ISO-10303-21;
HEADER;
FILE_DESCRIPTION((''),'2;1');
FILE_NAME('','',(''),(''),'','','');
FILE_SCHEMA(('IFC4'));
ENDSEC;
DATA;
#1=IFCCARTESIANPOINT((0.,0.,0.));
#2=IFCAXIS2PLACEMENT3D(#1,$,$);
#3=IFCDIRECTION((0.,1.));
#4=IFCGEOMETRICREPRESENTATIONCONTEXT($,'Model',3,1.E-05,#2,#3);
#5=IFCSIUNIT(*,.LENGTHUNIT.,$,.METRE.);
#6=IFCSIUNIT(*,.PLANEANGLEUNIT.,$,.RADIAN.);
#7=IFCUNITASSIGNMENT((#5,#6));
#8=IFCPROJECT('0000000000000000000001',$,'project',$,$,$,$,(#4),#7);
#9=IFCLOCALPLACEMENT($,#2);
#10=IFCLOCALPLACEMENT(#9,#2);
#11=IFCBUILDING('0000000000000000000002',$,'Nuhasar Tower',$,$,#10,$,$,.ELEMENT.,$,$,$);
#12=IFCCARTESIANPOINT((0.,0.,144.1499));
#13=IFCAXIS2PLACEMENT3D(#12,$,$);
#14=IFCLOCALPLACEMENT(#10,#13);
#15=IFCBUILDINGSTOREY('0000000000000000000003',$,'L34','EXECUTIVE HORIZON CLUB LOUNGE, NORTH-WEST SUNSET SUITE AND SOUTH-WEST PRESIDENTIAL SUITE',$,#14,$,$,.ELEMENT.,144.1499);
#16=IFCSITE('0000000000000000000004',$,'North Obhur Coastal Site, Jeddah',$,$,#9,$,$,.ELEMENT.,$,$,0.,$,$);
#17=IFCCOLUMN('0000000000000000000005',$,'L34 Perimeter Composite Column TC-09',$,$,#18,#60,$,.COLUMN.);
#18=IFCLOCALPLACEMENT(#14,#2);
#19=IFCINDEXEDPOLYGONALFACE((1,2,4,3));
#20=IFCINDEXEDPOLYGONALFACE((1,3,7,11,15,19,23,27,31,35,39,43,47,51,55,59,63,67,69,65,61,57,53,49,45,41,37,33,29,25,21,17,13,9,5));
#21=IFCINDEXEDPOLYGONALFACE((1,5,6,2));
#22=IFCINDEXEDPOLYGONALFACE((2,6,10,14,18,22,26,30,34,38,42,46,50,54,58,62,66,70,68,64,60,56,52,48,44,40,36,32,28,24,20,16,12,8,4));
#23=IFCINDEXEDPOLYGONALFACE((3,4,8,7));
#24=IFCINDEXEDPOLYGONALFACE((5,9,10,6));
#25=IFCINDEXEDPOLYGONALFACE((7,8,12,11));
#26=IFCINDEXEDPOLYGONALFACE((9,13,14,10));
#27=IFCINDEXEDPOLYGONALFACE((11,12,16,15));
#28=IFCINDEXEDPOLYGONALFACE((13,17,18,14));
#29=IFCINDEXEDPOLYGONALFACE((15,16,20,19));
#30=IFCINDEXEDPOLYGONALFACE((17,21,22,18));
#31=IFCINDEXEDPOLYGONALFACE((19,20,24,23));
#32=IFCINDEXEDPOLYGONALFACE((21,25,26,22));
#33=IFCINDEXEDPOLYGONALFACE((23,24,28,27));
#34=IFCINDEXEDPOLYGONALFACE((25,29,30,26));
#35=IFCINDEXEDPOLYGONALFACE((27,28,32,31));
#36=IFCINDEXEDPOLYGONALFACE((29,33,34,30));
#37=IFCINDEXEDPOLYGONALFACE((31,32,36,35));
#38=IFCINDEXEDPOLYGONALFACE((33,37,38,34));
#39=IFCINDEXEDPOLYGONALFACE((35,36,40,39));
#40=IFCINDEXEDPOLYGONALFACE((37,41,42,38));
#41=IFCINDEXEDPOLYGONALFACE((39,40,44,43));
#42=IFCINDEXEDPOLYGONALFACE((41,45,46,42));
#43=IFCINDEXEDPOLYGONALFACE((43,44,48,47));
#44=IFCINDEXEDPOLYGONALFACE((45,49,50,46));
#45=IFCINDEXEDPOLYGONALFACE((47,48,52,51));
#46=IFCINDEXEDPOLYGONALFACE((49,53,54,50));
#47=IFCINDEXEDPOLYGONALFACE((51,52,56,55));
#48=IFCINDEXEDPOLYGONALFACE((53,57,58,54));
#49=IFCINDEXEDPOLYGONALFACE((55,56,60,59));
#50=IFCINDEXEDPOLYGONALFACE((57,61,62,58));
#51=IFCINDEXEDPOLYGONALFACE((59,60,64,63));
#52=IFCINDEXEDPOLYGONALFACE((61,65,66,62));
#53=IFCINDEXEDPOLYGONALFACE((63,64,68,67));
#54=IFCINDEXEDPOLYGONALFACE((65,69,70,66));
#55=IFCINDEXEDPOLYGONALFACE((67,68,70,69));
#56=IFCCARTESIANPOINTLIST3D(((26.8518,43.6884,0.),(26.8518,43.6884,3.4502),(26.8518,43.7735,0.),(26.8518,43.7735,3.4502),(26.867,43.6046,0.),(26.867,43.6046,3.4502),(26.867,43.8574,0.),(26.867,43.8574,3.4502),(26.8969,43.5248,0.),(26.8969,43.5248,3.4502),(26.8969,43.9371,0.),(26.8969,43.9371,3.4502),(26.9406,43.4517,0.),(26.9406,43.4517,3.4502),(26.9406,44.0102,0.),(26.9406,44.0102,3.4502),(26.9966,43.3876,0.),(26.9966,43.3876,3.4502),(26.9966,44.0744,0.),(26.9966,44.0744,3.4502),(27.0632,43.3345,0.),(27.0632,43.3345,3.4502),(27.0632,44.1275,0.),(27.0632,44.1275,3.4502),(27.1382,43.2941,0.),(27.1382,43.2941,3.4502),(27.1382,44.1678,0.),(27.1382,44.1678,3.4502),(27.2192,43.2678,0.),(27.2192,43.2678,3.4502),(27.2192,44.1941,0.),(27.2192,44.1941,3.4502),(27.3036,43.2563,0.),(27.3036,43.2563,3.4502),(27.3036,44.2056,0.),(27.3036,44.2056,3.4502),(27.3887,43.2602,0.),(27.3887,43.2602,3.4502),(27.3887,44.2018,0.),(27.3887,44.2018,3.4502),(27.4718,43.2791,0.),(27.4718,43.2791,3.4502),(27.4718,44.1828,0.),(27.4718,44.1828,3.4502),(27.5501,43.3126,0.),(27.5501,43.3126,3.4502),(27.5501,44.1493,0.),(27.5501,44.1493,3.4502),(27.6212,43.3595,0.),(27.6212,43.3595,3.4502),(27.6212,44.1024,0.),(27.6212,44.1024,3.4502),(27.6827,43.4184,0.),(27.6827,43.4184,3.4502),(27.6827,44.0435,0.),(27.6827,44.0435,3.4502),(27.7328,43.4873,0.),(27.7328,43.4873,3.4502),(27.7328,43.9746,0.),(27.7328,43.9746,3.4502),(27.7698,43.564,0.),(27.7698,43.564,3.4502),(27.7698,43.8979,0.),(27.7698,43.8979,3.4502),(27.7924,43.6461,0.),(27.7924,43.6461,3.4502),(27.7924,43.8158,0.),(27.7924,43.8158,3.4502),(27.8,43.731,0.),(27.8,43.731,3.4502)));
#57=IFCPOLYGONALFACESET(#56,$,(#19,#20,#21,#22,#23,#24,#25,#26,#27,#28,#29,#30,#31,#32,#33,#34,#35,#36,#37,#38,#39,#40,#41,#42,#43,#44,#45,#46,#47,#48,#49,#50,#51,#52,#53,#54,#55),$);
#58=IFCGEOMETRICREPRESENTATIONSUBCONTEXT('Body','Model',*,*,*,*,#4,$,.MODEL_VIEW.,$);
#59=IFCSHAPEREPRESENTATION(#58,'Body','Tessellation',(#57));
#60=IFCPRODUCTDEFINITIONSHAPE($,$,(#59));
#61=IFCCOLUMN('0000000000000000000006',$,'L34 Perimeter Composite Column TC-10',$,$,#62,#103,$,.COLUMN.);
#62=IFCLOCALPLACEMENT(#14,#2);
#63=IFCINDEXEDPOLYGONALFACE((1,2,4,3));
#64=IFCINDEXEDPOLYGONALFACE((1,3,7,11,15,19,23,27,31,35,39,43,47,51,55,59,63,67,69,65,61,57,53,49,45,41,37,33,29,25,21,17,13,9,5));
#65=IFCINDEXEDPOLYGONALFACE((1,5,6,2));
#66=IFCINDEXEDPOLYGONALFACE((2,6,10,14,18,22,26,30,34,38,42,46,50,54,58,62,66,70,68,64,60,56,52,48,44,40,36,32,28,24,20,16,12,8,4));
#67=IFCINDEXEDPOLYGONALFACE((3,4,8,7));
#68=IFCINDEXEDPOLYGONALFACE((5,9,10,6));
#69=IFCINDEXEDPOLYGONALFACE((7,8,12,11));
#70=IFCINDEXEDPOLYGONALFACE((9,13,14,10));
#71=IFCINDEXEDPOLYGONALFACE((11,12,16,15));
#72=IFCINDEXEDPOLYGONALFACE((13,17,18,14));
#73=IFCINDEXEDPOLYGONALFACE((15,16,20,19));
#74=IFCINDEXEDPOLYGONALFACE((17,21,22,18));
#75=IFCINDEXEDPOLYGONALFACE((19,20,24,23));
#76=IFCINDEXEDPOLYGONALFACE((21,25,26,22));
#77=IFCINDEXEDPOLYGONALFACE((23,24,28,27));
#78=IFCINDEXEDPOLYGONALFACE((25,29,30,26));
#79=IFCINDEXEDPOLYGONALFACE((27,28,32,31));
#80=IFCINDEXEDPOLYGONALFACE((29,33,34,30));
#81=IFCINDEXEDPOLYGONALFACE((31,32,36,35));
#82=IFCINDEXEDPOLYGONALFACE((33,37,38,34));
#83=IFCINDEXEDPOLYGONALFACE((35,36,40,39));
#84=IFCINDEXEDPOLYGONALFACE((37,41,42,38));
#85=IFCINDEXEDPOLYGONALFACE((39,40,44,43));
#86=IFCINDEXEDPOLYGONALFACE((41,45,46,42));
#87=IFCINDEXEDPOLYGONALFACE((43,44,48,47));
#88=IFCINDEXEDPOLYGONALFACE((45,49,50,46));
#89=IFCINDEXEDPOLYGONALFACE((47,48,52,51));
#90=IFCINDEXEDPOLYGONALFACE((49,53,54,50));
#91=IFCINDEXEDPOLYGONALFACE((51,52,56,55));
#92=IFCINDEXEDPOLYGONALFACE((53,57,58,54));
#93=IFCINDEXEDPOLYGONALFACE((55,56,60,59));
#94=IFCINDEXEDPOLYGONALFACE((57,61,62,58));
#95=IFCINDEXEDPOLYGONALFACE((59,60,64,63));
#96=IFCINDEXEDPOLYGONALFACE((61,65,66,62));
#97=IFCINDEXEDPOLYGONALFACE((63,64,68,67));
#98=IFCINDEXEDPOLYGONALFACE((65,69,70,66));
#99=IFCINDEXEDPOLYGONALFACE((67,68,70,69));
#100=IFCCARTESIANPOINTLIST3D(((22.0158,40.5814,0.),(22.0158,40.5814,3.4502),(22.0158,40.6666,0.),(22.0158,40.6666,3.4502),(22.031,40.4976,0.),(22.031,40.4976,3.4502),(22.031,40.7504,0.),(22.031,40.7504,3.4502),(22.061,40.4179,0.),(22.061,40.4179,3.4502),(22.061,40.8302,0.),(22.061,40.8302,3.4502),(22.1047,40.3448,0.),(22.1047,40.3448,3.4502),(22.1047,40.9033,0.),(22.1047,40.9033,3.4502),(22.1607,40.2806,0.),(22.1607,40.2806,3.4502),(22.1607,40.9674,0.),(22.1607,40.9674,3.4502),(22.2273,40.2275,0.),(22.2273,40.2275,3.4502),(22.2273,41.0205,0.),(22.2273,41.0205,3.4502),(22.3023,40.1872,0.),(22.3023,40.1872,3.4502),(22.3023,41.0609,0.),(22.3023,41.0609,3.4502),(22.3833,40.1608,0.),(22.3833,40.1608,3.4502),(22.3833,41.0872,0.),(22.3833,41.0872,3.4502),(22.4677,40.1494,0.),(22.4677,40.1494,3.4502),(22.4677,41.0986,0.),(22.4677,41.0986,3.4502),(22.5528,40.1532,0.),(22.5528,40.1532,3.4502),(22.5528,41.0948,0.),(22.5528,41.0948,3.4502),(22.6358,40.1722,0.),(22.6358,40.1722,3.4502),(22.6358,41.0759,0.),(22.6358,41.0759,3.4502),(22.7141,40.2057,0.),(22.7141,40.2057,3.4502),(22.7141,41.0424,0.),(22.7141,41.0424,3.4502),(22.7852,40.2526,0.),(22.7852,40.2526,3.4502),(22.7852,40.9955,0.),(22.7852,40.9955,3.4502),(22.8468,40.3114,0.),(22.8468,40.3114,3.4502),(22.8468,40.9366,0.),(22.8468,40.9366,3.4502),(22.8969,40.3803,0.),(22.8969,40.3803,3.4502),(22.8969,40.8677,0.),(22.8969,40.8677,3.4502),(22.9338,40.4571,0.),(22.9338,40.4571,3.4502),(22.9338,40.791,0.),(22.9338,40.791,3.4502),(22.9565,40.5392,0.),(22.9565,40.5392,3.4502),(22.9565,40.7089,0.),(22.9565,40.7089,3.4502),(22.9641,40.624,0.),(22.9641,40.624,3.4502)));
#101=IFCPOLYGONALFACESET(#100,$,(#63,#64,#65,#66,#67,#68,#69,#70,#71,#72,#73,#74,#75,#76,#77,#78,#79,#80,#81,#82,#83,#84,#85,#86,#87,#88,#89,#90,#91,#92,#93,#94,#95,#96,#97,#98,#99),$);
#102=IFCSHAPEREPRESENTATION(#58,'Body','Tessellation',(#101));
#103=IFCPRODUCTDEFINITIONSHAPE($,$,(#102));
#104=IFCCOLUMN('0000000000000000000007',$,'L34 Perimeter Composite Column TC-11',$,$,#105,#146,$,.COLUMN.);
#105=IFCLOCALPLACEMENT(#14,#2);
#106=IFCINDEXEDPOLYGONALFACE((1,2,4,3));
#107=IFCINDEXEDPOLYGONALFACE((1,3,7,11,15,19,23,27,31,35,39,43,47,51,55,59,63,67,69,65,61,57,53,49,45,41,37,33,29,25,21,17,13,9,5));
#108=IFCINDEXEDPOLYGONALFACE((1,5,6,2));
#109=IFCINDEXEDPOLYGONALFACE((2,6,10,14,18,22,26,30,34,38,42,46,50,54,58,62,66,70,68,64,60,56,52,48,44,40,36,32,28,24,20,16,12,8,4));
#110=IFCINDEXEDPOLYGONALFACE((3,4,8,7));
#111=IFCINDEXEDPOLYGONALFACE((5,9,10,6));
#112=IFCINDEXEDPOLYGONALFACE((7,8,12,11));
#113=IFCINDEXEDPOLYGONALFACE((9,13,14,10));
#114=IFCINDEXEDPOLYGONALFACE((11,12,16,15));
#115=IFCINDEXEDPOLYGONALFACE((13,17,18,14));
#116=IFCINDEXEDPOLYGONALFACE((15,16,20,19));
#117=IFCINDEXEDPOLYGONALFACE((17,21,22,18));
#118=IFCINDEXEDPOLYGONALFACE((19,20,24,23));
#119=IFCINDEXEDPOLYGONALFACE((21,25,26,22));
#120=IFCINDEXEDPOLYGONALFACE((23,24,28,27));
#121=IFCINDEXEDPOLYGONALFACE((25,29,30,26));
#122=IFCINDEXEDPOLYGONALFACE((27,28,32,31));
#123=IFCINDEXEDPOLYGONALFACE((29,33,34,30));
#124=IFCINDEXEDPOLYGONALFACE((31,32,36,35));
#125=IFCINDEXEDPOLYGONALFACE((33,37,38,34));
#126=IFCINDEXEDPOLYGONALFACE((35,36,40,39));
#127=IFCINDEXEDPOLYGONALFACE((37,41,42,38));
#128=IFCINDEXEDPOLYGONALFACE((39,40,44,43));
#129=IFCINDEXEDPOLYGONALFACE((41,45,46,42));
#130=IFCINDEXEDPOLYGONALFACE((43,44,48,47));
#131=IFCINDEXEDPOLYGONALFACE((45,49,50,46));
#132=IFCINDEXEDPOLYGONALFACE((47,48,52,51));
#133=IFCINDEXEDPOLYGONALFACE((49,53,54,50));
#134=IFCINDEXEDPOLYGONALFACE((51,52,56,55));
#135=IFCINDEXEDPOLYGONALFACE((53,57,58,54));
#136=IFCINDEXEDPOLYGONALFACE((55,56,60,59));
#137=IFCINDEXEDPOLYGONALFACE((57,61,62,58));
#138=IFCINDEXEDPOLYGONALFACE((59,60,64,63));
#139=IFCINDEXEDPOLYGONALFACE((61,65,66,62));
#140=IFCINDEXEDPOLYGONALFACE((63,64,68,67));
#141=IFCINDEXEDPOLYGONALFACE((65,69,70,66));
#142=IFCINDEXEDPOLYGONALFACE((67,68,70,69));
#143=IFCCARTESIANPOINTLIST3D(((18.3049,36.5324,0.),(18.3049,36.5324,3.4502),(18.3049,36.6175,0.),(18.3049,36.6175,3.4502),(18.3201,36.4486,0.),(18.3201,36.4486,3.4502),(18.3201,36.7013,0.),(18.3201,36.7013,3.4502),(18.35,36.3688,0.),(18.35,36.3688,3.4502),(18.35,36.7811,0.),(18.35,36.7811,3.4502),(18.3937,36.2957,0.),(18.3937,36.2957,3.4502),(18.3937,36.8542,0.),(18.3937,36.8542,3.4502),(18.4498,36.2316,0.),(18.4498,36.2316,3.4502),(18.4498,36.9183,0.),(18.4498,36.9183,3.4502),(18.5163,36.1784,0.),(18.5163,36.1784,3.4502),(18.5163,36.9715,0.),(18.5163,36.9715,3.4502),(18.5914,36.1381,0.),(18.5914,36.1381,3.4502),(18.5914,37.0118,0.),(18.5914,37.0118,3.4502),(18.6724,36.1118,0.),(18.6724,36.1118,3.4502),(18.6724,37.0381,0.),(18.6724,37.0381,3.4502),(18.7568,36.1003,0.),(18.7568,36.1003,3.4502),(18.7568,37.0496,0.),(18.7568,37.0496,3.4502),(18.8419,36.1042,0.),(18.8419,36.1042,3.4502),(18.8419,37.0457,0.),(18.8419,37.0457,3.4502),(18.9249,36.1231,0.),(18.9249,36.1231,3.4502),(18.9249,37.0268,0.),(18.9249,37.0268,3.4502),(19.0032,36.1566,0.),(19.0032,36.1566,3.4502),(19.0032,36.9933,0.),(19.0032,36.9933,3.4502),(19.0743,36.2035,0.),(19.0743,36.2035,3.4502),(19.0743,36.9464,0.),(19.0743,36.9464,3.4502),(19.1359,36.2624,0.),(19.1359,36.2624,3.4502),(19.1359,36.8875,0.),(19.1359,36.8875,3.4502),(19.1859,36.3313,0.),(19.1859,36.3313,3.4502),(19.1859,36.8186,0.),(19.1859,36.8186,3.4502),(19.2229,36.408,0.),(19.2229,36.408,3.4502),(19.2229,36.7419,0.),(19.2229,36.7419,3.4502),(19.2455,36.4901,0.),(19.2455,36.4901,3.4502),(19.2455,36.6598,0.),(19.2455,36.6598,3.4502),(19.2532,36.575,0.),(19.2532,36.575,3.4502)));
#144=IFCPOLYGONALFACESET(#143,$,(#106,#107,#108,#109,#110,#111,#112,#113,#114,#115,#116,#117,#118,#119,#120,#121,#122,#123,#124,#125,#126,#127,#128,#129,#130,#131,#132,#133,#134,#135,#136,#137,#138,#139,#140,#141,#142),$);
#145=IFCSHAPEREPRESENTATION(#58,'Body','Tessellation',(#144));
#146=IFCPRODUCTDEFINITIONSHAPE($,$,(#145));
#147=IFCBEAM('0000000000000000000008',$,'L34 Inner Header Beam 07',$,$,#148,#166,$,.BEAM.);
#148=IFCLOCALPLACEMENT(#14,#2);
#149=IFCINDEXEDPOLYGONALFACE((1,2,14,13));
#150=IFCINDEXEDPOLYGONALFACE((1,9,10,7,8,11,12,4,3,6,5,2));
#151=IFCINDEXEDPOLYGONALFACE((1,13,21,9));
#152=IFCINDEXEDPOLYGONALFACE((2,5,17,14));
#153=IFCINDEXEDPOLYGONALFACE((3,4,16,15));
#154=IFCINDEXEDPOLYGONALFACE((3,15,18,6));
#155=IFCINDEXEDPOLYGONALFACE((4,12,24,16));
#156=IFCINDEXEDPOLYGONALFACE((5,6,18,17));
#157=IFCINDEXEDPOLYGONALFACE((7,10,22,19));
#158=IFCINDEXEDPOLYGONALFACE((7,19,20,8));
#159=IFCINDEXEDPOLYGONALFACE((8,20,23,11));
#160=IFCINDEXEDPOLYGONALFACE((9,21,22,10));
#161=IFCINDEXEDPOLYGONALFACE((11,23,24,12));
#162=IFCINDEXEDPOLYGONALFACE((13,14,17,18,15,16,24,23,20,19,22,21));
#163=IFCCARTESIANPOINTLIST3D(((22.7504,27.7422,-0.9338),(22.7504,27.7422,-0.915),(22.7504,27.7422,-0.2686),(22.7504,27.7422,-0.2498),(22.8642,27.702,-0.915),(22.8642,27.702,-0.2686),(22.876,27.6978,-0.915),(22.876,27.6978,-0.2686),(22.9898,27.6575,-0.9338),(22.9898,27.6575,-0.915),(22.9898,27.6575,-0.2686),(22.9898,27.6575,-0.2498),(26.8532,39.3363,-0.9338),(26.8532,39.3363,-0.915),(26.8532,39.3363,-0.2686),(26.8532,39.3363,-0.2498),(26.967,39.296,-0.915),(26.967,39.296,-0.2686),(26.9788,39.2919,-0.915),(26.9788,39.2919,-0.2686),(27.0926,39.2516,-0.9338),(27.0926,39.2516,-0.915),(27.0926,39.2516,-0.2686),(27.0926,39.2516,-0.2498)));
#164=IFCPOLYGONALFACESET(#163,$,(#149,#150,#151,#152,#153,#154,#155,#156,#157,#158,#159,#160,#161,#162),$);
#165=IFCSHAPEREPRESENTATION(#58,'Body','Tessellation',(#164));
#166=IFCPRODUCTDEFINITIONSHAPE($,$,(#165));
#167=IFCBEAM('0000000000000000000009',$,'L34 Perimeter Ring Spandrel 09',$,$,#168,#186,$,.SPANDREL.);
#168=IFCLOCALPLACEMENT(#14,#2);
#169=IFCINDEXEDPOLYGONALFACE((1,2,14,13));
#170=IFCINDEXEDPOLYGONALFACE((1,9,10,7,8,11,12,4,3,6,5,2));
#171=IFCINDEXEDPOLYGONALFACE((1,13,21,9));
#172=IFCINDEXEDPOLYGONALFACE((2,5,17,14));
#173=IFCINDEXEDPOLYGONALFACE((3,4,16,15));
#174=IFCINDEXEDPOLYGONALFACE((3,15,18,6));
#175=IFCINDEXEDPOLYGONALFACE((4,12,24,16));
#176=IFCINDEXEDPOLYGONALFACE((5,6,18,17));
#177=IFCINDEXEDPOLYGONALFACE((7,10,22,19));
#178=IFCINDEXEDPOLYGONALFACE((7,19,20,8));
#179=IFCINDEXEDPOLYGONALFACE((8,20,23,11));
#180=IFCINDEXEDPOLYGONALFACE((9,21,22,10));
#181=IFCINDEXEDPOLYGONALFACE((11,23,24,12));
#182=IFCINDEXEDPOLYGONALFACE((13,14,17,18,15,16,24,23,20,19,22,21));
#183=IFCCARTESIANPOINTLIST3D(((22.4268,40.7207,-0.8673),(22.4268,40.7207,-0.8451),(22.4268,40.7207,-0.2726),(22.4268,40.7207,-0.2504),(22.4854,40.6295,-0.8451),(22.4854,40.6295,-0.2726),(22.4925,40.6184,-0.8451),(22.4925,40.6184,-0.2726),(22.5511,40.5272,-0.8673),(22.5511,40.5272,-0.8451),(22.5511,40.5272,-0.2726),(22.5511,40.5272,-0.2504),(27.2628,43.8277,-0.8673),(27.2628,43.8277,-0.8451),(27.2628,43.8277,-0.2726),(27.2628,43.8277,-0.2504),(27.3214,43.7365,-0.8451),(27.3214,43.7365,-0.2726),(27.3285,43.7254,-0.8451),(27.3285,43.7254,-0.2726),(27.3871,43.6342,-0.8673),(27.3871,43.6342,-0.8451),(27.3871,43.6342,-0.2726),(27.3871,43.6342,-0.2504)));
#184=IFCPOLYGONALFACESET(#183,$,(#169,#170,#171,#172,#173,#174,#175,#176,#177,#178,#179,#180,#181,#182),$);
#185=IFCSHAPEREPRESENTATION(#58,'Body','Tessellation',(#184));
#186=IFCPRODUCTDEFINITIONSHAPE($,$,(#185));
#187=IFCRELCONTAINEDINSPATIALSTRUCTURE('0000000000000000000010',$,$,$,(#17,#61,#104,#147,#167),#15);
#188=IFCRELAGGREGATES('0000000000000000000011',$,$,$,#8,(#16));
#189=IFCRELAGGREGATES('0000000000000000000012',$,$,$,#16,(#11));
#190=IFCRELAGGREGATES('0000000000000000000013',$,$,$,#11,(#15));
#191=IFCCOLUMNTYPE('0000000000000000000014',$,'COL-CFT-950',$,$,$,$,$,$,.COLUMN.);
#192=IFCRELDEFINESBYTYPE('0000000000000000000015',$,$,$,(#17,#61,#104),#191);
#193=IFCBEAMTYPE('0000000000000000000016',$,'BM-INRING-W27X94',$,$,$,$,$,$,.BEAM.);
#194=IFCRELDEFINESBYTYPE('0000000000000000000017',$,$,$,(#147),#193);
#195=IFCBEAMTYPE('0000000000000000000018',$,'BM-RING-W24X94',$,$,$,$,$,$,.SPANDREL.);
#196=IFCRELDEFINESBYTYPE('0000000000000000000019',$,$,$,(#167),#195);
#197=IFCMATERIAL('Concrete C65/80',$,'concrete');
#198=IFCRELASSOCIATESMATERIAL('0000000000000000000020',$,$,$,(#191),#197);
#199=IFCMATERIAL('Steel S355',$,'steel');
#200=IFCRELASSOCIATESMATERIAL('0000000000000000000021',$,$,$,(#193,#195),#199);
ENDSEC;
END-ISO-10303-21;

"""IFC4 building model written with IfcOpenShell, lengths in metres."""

from ifc_helpers import new_model, si_unit, direction, frame, origin, origin_2d, place, context, subcontext, project, spatial, circle, i_section, extrude, material, material_profile, profile_set, type_object, element, save


model = new_model("IFC4")

# Units and contexts
model_context = context("Model", 3, precision=1e-05, world=origin(), true_north=direction((0.0, 1.0)))
body_context = subcontext(model_context, "Body", "Model", "MODEL_VIEW")
ifc_project = project(units=[si_unit("LENGTHUNIT", "METRE"), si_unit("PLANEANGLEUNIT", "RADIAN")], contexts=[model_context])

# Site, building, storey
site_placement = place(None, origin())
site = spatial("IfcSite", under=ifc_project, at=site_placement, Name="North Obhur Coastal Site, Jeddah", CompositionType="ELEMENT", RefElevation=0.0)
building_placement = place(site_placement, origin())
building = spatial("IfcBuilding", under=site, at=building_placement, Name="Nuhasar Tower", CompositionType="ELEMENT")
storey_placement = place(building_placement, frame((0.0, 0.0, 144.1499)))
storey = spatial("IfcBuildingStorey", under=building, at=storey_placement, Name="L34", Description="EXECUTIVE HORIZON CLUB LOUNGE, NORTH-WEST SUNSET SUITE AND SOUTH-WEST PRESIDENTIAL SUITE", CompositionType="ELEMENT", Elevation=144.1499)

# Columns
ifc_material_1 = material(Name="Concrete C65/80", Category="concrete")
ifc_material_profile_1 = material_profile(ifc_material_1, circle(Radius=0.4751, at=origin_2d()), Name="CFT950")
ifc_profile_set_1 = profile_set([ifc_material_profile_1], Name="Concrete C65/80")
column_type = type_object("IfcColumnType", Name="COL-CFT-950", PredefinedType="COLUMN", material=ifc_profile_set_1)
for number, where, z_axis, x_axis, name in (
    (1, (27.325, 43.731, 0.0), (0.0, 0.0, 1.0), (1.0, 0.0, 0.0), "L34 Perimeter Composite Column TC-09"),
    (2, (22.489, 40.624, 0.0), (0.0, 0.0, 1.0), (1.0, 0.0, 0.0), "L34 Perimeter Composite Column TC-10"),
    (3, (18.7781, 36.575, 0.0), (0.0, 0.0, 1.0), (1.0, 0.0, 0.0), "L34 Perimeter Composite Column TC-11"),
):
    element("IfcColumn", number, at=place(storey_placement, frame(where, z_axis=z_axis, x_axis=x_axis)), inside=storey, type_object=column_type, Name=name, PredefinedType="COLUMN", context=body_context, shape_type="SweptSolid", body=[
        extrude(circle(Radius=0.4751, at=origin_2d()), origin(), (0.0, 0.0, 1.0), 3.4502),
    ])

# Beams
ifc_material_2 = material(Name="Steel S355", Category="steel")
ifc_material_profile_2 = material_profile(ifc_material_2, i_section(OverallWidth=0.2539, OverallDepth=0.6841, WebThickness=0.0125, FlangeThickness=0.0188, at=origin_2d()), Name="W27X94")
ifc_profile_set_2 = profile_set([ifc_material_profile_2], Name="Steel S355")
beam_type_1 = type_object("IfcBeamType", Name="BM-INRING-W27X94", PredefinedType="BEAM", material=ifc_profile_set_2)
beam_1_placement = place(storey_placement, frame((26.9729, 39.2939, -0.5918), z_axis=(-0.3336, -0.942715, 0.0), x_axis=(0.942715, -0.3336, 0.0)))
element("IfcBeam", 4, at=beam_1_placement, inside=storey, type_object=beam_type_1, Name="L34 Inner Header Beam 07", PredefinedType="BEAM", context=body_context, shape_type="SweptSolid", body=[
    extrude(i_section(OverallWidth=0.2539, OverallDepth=0.6841, WebThickness=0.0125, FlangeThickness=0.0188, at=origin_2d()), origin(), (0.0, 0.0, 1.0), 12.2986),
])
ifc_material_profile_3 = material_profile(ifc_material_2, i_section(OverallWidth=0.23, OverallDepth=0.6169, WebThickness=0.0132, FlangeThickness=0.0222, at=origin_2d()), Name="W24X94")
ifc_profile_set_3 = profile_set([ifc_material_profile_3], Name="Steel S355")
beam_type_2 = type_object("IfcBeamType", Name="BM-RING-W24X94", PredefinedType="SPANDREL", material=ifc_profile_set_3)
beam_2_placement = place(storey_placement, frame((27.325, 43.731, -0.5588), z_axis=(-0.841327, -0.540526, 0.0), x_axis=(0.540526, -0.841327, 0.0)))
element("IfcBeam", 5, at=beam_2_placement, inside=storey, type_object=beam_type_2, Name="L34 Perimeter Ring Spandrel 09", PredefinedType="SPANDREL", context=body_context, shape_type="SweptSolid", body=[
    extrude(i_section(OverallWidth=0.23, OverallDepth=0.6169, WebThickness=0.0132, FlangeThickness=0.0222, at=origin_2d()), origin(), (0.0, 0.0, 1.0), 5.748),
])

save(model, "model.ifc")
